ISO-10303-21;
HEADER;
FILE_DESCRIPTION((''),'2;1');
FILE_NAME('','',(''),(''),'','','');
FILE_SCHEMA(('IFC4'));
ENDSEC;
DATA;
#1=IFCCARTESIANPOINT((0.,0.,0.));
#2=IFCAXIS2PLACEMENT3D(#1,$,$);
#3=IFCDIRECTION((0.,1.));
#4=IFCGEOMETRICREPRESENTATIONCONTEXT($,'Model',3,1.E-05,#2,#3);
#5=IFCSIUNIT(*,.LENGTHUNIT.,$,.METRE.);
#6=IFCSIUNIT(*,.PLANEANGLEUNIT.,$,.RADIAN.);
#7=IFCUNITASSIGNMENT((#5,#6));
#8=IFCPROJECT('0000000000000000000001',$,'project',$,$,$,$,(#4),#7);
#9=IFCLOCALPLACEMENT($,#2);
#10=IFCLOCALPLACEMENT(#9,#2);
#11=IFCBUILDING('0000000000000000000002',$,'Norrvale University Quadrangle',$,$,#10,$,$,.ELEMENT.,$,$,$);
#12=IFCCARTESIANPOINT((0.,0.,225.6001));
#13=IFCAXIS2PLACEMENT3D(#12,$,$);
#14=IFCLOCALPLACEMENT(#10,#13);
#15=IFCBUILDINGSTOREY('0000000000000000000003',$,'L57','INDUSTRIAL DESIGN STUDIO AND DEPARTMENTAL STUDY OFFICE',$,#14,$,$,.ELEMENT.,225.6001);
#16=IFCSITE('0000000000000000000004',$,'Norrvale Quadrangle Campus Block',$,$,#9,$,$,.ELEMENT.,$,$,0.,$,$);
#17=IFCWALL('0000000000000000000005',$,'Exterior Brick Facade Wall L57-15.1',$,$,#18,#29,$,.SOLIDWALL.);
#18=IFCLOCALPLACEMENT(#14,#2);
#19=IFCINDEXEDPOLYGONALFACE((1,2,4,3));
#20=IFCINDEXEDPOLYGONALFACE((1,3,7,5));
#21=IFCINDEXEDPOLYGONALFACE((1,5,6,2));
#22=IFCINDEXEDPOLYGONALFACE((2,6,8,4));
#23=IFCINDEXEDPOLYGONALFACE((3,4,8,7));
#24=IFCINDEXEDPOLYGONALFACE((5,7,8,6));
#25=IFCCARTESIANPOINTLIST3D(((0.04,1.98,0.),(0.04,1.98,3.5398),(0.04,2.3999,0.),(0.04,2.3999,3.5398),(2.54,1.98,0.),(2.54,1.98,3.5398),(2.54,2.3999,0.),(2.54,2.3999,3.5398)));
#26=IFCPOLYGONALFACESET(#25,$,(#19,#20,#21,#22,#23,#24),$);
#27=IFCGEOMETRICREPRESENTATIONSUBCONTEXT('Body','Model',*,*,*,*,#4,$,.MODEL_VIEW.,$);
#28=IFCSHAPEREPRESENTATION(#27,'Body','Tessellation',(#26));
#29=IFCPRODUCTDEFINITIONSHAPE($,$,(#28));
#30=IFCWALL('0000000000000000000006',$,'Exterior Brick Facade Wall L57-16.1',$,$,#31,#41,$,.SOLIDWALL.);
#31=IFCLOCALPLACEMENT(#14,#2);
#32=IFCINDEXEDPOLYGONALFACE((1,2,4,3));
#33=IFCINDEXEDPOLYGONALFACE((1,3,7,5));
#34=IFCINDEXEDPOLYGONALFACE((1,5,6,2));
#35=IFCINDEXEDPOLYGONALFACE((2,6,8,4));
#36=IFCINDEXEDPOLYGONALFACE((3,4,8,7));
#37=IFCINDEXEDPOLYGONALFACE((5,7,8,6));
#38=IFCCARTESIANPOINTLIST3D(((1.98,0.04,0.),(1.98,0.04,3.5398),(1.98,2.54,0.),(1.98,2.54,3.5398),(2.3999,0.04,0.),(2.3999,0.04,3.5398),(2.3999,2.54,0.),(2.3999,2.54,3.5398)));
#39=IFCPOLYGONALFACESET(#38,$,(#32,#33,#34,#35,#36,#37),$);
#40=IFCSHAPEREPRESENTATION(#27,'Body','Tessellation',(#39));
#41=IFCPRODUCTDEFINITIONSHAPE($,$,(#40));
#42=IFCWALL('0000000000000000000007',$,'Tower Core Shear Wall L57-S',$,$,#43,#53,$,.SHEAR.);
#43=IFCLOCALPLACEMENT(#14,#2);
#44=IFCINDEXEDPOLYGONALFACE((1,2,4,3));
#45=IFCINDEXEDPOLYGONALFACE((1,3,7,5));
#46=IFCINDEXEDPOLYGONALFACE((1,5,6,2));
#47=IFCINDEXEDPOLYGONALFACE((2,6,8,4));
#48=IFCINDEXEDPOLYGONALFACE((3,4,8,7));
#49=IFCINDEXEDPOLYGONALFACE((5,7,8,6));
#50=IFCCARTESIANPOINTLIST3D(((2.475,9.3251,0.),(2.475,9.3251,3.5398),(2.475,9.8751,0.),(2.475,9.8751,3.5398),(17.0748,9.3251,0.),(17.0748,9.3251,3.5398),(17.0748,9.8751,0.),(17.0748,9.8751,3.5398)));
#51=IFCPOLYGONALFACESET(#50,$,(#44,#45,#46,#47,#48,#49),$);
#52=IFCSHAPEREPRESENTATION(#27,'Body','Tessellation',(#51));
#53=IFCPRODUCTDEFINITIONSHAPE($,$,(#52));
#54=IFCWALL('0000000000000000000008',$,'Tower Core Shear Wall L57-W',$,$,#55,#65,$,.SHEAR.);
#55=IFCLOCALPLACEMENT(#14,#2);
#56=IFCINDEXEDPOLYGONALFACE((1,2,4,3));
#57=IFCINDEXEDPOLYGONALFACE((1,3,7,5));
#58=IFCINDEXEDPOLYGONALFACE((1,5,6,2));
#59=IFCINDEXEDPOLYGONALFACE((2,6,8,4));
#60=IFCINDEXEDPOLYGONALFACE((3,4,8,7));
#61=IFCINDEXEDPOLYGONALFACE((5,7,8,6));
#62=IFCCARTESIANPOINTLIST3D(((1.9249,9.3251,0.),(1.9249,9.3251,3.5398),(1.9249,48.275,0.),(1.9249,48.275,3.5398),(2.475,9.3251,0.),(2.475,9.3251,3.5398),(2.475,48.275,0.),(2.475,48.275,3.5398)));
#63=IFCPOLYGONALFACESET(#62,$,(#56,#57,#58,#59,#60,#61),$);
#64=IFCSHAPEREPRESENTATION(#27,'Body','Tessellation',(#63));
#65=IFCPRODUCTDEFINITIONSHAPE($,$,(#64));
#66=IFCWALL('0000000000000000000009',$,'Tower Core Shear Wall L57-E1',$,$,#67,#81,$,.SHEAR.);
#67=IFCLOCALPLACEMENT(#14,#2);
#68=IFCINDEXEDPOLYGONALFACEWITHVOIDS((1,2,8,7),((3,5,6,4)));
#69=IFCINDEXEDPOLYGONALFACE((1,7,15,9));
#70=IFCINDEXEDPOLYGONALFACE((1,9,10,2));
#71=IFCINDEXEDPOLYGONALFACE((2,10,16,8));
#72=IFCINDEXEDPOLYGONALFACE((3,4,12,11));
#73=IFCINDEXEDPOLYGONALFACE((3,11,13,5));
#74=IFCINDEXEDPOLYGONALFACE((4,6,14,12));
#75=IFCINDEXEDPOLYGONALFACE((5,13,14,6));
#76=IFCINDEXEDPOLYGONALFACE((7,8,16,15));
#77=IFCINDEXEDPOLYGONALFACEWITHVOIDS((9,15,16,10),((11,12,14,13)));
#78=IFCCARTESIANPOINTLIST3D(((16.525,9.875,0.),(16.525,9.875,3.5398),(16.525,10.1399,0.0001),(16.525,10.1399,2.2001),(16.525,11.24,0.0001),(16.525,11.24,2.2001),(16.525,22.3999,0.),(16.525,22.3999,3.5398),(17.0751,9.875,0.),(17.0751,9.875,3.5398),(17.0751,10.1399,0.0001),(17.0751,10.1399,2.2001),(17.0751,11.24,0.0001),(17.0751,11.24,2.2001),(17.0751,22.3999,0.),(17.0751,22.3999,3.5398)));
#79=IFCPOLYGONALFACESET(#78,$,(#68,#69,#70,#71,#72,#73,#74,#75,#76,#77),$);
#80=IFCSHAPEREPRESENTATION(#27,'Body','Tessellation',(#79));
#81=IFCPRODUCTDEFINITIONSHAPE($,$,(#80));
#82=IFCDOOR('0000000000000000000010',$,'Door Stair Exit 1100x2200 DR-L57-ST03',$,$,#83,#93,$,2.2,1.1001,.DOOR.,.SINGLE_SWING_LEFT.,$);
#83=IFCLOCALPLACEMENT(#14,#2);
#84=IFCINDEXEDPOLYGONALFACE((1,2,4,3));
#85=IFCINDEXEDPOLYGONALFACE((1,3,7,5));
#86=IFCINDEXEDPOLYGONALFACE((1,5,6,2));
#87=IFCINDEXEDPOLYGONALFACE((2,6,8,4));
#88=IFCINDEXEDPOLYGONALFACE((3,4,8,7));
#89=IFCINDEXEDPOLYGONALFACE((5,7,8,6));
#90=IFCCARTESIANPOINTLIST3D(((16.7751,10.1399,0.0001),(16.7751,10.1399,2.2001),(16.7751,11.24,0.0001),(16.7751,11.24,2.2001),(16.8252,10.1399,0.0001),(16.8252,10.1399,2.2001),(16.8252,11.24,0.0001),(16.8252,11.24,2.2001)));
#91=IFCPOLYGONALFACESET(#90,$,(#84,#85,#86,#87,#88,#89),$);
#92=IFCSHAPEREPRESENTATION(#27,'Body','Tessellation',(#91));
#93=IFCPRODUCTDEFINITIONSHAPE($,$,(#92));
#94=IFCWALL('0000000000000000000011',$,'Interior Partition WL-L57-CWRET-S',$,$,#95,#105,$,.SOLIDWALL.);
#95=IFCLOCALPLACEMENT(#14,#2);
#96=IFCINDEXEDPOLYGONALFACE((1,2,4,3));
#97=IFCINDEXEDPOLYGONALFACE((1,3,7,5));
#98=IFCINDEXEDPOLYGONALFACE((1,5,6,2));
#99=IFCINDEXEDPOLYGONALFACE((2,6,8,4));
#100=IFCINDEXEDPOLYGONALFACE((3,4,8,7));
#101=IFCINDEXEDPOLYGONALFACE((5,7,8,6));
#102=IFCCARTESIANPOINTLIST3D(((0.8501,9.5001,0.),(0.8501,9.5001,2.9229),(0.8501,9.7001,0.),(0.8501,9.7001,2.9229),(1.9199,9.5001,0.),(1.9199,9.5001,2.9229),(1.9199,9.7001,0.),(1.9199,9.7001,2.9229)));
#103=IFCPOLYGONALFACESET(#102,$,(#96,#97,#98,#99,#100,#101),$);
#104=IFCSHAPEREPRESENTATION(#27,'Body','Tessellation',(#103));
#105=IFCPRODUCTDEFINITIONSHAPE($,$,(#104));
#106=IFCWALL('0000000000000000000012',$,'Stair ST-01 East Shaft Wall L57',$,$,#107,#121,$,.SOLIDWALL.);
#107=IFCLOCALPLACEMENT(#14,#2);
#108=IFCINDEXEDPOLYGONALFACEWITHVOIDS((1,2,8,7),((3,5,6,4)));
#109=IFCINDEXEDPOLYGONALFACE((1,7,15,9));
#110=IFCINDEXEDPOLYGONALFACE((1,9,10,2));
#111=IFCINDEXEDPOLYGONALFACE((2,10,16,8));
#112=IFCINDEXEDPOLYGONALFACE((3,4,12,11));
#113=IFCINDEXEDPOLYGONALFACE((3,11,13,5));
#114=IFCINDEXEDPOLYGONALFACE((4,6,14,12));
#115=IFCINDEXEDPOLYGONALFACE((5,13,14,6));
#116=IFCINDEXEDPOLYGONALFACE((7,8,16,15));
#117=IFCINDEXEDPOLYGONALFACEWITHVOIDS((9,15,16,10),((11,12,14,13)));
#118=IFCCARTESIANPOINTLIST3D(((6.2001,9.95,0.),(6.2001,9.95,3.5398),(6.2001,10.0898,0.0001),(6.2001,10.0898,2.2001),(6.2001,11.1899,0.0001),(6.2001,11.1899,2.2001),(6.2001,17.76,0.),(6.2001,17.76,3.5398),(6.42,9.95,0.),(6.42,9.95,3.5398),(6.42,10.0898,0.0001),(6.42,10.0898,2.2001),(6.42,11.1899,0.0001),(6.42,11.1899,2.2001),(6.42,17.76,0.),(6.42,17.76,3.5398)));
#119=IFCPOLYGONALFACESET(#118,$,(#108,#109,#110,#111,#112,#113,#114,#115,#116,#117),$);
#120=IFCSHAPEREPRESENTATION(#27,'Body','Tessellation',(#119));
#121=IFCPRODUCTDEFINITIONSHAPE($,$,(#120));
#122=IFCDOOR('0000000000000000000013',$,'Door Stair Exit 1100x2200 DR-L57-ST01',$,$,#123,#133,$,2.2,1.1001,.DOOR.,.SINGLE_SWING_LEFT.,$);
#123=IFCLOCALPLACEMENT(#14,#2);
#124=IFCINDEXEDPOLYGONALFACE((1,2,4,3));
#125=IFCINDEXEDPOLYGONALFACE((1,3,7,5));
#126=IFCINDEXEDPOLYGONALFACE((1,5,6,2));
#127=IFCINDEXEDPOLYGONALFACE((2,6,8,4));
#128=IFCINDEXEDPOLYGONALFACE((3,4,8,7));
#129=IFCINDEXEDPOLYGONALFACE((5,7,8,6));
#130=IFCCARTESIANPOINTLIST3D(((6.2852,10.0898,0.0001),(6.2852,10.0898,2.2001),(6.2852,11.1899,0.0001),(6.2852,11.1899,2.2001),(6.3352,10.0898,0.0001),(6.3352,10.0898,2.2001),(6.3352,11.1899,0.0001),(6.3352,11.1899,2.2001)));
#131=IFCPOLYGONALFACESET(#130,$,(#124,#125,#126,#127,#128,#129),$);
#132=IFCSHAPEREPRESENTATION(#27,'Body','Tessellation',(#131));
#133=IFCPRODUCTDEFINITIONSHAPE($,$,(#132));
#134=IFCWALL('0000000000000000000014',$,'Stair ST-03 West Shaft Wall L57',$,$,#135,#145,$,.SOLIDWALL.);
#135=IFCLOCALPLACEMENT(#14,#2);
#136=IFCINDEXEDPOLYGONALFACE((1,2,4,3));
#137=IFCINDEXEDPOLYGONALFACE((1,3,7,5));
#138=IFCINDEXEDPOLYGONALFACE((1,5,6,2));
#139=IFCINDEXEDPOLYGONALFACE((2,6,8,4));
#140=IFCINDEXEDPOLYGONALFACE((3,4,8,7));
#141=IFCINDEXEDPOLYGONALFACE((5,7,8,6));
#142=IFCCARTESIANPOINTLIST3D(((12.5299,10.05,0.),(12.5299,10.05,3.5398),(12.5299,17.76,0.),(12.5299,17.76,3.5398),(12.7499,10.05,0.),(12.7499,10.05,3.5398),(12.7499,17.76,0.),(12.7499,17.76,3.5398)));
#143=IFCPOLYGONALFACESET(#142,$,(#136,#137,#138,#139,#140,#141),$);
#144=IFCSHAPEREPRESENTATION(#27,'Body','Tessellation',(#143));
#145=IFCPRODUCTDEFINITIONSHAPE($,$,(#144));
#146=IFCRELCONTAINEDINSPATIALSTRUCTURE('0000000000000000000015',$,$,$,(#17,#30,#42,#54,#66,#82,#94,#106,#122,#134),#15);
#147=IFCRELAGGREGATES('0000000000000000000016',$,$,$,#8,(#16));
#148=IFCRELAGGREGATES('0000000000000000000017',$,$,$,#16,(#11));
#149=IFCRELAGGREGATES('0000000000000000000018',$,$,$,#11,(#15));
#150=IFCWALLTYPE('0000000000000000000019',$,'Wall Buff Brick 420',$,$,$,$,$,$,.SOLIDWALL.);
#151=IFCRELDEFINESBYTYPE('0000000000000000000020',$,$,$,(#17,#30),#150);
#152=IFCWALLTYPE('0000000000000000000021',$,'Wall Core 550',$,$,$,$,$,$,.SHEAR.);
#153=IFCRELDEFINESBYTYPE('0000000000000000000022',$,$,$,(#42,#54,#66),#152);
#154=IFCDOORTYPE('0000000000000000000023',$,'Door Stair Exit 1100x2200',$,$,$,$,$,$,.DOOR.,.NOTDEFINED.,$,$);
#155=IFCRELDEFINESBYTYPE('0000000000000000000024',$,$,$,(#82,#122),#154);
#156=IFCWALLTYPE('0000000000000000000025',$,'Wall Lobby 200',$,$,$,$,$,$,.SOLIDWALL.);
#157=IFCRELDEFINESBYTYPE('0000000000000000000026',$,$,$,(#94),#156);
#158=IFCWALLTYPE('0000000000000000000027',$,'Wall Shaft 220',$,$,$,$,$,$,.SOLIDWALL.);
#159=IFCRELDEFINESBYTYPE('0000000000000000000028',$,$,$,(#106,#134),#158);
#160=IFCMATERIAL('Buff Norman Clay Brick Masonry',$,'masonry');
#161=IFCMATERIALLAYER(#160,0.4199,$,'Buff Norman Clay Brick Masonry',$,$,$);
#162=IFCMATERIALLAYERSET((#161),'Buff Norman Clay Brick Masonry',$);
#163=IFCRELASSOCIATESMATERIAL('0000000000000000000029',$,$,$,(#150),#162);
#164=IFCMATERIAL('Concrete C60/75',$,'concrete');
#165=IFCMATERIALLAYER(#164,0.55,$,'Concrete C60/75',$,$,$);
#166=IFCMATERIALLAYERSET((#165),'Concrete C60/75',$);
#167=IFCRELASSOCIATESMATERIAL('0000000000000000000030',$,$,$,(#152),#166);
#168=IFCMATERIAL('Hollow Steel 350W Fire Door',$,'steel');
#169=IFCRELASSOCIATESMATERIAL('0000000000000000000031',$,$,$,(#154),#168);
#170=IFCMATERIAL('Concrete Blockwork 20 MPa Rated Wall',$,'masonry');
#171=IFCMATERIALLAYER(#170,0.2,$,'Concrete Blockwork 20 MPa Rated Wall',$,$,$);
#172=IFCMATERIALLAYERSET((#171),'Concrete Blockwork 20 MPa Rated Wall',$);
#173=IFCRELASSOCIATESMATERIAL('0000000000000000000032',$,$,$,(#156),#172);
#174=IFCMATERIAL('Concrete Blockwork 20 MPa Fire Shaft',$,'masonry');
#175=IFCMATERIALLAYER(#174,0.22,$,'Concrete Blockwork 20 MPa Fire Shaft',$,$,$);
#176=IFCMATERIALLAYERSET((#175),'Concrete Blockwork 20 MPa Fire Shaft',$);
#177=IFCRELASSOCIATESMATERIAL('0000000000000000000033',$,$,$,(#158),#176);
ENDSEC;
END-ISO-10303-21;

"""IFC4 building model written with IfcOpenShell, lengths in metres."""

from ifc_helpers import new_model, si_unit, direction, frame, frame_2d, origin, place, context, subcontext, project, spatial, rectangle, extrude, material, layer, layer_set, type_object, element, fill, save


model = new_model("IFC4")

# Units and contexts
model_context = context("Model", 3, precision=1e-05, world=origin(), true_north=direction((0.0, 1.0)))
body_context = subcontext(model_context, "Body", "Model", "MODEL_VIEW")
ifc_project = project(units=[si_unit("LENGTHUNIT", "METRE"), si_unit("PLANEANGLEUNIT", "RADIAN")], contexts=[model_context])

# Site, building, storey
site_placement = place(None, origin())
site = spatial("IfcSite", under=ifc_project, at=site_placement, Name="Norrvale Quadrangle Campus Block", CompositionType="ELEMENT", RefElevation=0.0)
building_placement = place(site_placement, origin())
building = spatial("IfcBuilding", under=site, at=building_placement, Name="Norrvale University Quadrangle", CompositionType="ELEMENT")
storey_placement = place(building_placement, frame((0.0, 0.0, 225.6001)))
storey = spatial("IfcBuildingStorey", under=building, at=storey_placement, Name="L57", Description="INDUSTRIAL DESIGN STUDIO AND DEPARTMENTAL STUDY OFFICE", CompositionType="ELEMENT", Elevation=225.6001)

# Shared definitions
ifc_material_1 = material(Name="Concrete C60/75", Category="concrete")

# Shared definitions
ifc_material_2 = material(Name="Buff Norman Clay Brick Masonry", Category="masonry")
ifc_layer_1 = layer(ifc_material_2, 0.4199, Name="Buff Norman Clay Brick Masonry")
ifc_layer_set_1 = layer_set([ifc_layer_1], Name="Buff Norman Clay Brick Masonry")
wall_type_1 = type_object("IfcWallType", Name="Wall Buff Brick 420", PredefinedType="SOLIDWALL", material=ifc_layer_set_1)

# Walls
for number, where, z_axis, x_axis, name in (
    (1, (0.04, 2.1899, 0.0), (0.0, 0.0, 1.0), (1.0, 0.0, 0.0), "Exterior Brick Facade Wall L57-15.1"),
    (2, (2.1899, 2.54, 0.0), (0.0, 0.0, 1.0), (0.0, -1.0, 0.0), "Exterior Brick Facade Wall L57-16.1"),
):
    element("IfcWall", number, at=place(storey_placement, frame(where, z_axis=z_axis, x_axis=x_axis)), inside=storey, type_object=wall_type_1, Name=name, PredefinedType="SOLIDWALL", context=body_context, shape_type="SweptSolid", body=[
        extrude(rectangle(XDim=2.5, YDim=0.4199, at=frame_2d((1.25, 0.0))), origin(), (0.0, 0.0, 1.0), 3.5398),
    ])
ifc_layer_2 = layer(ifc_material_1, 0.55, Name="Concrete C60/75")
ifc_layer_set_2 = layer_set([ifc_layer_2], Name="Concrete C60/75")
wall_type_2 = type_object("IfcWallType", Name="Wall Core 550", PredefinedType="SHEAR", material=ifc_layer_set_2)
wall_1_placement = place(storey_placement, frame((2.4751, 9.6001, 0.0), z_axis=(0.0, 0.0, 1.0), x_axis=(1.0, 0.0, 0.0)))
element("IfcWall", 3, at=wall_1_placement, inside=storey, type_object=wall_type_2, Name="Tower Core Shear Wall L57-S", PredefinedType="SHEAR", context=body_context, shape_type="SweptSolid", body=[
    extrude(rectangle(XDim=14.5999, YDim=0.55, at=frame_2d((7.2998, 0.0))), origin(), (0.0, 0.0, 1.0), 3.5398),
])
wall_2_placement = place(storey_placement, frame((2.2, 9.325, 0.0), z_axis=(0.0, 0.0, 1.0), x_axis=(0.0, 1.0, 0.0)))
element("IfcWall", 4, at=wall_2_placement, inside=storey, type_object=wall_type_2, Name="Tower Core Shear Wall L57-W", PredefinedType="SHEAR", context=body_context, shape_type="SweptSolid", body=[
    extrude(rectangle(XDim=38.95, YDim=0.55, at=frame_2d((19.4751, 0.0))), origin(), (0.0, 0.0, 1.0), 3.5398),
])

# Wall, opening, door
wall_3_placement = place(storey_placement, frame((16.8, 9.875, 0.0), z_axis=(0.0, 0.0, 1.0), x_axis=(0.0, 1.0, 0.0)))
wall_3 = element("IfcWall", 5, at=wall_3_placement, inside=storey, type_object=wall_type_2, Name="Tower Core Shear Wall L57-E1", PredefinedType="SHEAR", context=body_context, shape_type="SweptSolid", body=[
    extrude(rectangle(XDim=12.5249, YDim=0.55, at=frame_2d((6.2625, 0.0))), origin(), (0.0, 0.0, 1.0), 3.5398),
])
opening_1_placement = place(wall_3_placement, frame((0.2649, 0.0, 0.0)))
opening_1 = element("IfcOpeningElement", 6, at=opening_1_placement, cuts=wall_3, PredefinedType="OPENING", context=body_context, shape_type="SweptSolid", body=[
    extrude(rectangle(XDim=1.1001, YDim=2.2, at=frame_2d((0.55, 1.1001))), frame((0.0, 0.2871, 0.0), z_axis=(0.0, -1.0, 0.0), x_axis=(1.0, 0.0, 0.0)), (0.0, 0.0, 1.0), 0.574),
])
ifc_material_3 = material(Name="Hollow Steel 350W Fire Door", Category="steel")
door_type = type_object("IfcDoorType", Name="Door Stair Exit 1100x2200", OperationType="NOTDEFINED", PredefinedType="DOOR", material=ifc_material_3)
door_1_placement = place(opening_1_placement, origin())
door_1 = element("IfcDoor", 7, at=door_1_placement, inside=storey, type_object=door_type, Name="Door Stair Exit 1100x2200 DR-L57-ST03", OperationType="SINGLE_SWING_LEFT", OverallHeight=2.2, OverallWidth=1.1001, PredefinedType="DOOR", context=body_context, shape_type="SweptSolid", body=[
    extrude(rectangle(XDim=1.1001, YDim=2.2, at=frame_2d((0.55, 1.1001))), frame((0.0, 0.0249, 0.0), z_axis=(0.0, -1.0, 0.0), x_axis=(1.0, 0.0, 0.0)), (0.0, 0.0, 1.0), 0.05),
])
fill(opening_1, door_1)

# Wall
ifc_material_4 = material(Name="Concrete Blockwork 20 MPa Rated Wall", Category="masonry")
ifc_layer_3 = layer(ifc_material_4, 0.2, Name="Concrete Blockwork 20 MPa Rated Wall")
ifc_layer_set_3 = layer_set([ifc_layer_3], Name="Concrete Blockwork 20 MPa Rated Wall")
wall_type_3 = type_object("IfcWallType", Name="Wall Lobby 200", PredefinedType="SOLIDWALL", material=ifc_layer_set_3)
wall_4_placement = place(storey_placement, frame((0.8501, 9.6001, 0.0), z_axis=(0.0, 0.0, 1.0), x_axis=(1.0, 0.0, 0.0)))
element("IfcWall", 8, at=wall_4_placement, inside=storey, type_object=wall_type_3, Name="Interior Partition WL-L57-CWRET-S", PredefinedType="SOLIDWALL", context=body_context, shape_type="SweptSolid", body=[
    extrude(rectangle(XDim=1.0698, YDim=0.2, at=frame_2d((0.5349, 0.0))), origin(), (0.0, 0.0, 1.0), 2.9229),
])

# Wall, opening, door
ifc_material_5 = material(Name="Concrete Blockwork 20 MPa Fire Shaft", Category="masonry")
ifc_layer_4 = layer(ifc_material_5, 0.22, Name="Concrete Blockwork 20 MPa Fire Shaft")
ifc_layer_set_4 = layer_set([ifc_layer_4], Name="Concrete Blockwork 20 MPa Fire Shaft")
wall_type_4 = type_object("IfcWallType", Name="Wall Shaft 220", PredefinedType="SOLIDWALL", material=ifc_layer_set_4)
wall_5_placement = place(storey_placement, frame((6.3101, 9.95, 0.0), z_axis=(0.0, 0.0, 1.0), x_axis=(0.0, 1.0, 0.0)))
wall_5 = element("IfcWall", 9, at=wall_5_placement, inside=storey, type_object=wall_type_4, Name="Stair ST-01 East Shaft Wall L57", PredefinedType="SOLIDWALL", context=body_context, shape_type="SweptSolid", body=[
    extrude(rectangle(XDim=7.8101, YDim=0.22, at=frame_2d((3.905, 0.0))), origin(), (0.0, 0.0, 1.0), 3.5398),
])
opening_2_placement = place(wall_5_placement, frame((0.1399, 0.0, 0.0)))
opening_2 = element("IfcOpeningElement", 10, at=opening_2_placement, cuts=wall_5, PredefinedType="OPENING", context=body_context, shape_type="SweptSolid", body=[
    extrude(rectangle(XDim=1.1001, YDim=2.2, at=frame_2d((0.55, 1.1001))), frame((0.0, 0.1221, 0.0), z_axis=(0.0, -1.0, 0.0), x_axis=(1.0, 0.0, 0.0)), (0.0, 0.0, 1.0), 0.2439),
])
door_2_placement = place(opening_2_placement, origin())
door_2 = element("IfcDoor", 11, at=door_2_placement, inside=storey, type_object=door_type, Name="Door Stair Exit 1100x2200 DR-L57-ST01", OperationType="SINGLE_SWING_LEFT", OverallHeight=2.2, OverallWidth=1.1001, PredefinedType="DOOR", context=body_context, shape_type="SweptSolid", body=[
    extrude(rectangle(XDim=1.1001, YDim=2.2, at=frame_2d((0.55, 1.1001))), frame((0.0, 0.0249, 0.0), z_axis=(0.0, -1.0, 0.0), x_axis=(1.0, 0.0, 0.0)), (0.0, 0.0, 1.0), 0.05),
])
fill(opening_2, door_2)

# Wall
wall_6_placement = place(storey_placement, frame((12.6399, 10.05, 0.0), z_axis=(0.0, 0.0, 1.0), x_axis=(0.0, 1.0, 0.0)))
element("IfcWall", 12, at=wall_6_placement, inside=storey, type_object=wall_type_4, Name="Stair ST-03 West Shaft Wall L57", PredefinedType="SOLIDWALL", context=body_context, shape_type="SweptSolid", body=[
    extrude(rectangle(XDim=7.71, YDim=0.22, at=frame_2d((3.855, 0.0))), origin(), (0.0, 0.0, 1.0), 3.5398),
])

save(model, "model.ifc")
